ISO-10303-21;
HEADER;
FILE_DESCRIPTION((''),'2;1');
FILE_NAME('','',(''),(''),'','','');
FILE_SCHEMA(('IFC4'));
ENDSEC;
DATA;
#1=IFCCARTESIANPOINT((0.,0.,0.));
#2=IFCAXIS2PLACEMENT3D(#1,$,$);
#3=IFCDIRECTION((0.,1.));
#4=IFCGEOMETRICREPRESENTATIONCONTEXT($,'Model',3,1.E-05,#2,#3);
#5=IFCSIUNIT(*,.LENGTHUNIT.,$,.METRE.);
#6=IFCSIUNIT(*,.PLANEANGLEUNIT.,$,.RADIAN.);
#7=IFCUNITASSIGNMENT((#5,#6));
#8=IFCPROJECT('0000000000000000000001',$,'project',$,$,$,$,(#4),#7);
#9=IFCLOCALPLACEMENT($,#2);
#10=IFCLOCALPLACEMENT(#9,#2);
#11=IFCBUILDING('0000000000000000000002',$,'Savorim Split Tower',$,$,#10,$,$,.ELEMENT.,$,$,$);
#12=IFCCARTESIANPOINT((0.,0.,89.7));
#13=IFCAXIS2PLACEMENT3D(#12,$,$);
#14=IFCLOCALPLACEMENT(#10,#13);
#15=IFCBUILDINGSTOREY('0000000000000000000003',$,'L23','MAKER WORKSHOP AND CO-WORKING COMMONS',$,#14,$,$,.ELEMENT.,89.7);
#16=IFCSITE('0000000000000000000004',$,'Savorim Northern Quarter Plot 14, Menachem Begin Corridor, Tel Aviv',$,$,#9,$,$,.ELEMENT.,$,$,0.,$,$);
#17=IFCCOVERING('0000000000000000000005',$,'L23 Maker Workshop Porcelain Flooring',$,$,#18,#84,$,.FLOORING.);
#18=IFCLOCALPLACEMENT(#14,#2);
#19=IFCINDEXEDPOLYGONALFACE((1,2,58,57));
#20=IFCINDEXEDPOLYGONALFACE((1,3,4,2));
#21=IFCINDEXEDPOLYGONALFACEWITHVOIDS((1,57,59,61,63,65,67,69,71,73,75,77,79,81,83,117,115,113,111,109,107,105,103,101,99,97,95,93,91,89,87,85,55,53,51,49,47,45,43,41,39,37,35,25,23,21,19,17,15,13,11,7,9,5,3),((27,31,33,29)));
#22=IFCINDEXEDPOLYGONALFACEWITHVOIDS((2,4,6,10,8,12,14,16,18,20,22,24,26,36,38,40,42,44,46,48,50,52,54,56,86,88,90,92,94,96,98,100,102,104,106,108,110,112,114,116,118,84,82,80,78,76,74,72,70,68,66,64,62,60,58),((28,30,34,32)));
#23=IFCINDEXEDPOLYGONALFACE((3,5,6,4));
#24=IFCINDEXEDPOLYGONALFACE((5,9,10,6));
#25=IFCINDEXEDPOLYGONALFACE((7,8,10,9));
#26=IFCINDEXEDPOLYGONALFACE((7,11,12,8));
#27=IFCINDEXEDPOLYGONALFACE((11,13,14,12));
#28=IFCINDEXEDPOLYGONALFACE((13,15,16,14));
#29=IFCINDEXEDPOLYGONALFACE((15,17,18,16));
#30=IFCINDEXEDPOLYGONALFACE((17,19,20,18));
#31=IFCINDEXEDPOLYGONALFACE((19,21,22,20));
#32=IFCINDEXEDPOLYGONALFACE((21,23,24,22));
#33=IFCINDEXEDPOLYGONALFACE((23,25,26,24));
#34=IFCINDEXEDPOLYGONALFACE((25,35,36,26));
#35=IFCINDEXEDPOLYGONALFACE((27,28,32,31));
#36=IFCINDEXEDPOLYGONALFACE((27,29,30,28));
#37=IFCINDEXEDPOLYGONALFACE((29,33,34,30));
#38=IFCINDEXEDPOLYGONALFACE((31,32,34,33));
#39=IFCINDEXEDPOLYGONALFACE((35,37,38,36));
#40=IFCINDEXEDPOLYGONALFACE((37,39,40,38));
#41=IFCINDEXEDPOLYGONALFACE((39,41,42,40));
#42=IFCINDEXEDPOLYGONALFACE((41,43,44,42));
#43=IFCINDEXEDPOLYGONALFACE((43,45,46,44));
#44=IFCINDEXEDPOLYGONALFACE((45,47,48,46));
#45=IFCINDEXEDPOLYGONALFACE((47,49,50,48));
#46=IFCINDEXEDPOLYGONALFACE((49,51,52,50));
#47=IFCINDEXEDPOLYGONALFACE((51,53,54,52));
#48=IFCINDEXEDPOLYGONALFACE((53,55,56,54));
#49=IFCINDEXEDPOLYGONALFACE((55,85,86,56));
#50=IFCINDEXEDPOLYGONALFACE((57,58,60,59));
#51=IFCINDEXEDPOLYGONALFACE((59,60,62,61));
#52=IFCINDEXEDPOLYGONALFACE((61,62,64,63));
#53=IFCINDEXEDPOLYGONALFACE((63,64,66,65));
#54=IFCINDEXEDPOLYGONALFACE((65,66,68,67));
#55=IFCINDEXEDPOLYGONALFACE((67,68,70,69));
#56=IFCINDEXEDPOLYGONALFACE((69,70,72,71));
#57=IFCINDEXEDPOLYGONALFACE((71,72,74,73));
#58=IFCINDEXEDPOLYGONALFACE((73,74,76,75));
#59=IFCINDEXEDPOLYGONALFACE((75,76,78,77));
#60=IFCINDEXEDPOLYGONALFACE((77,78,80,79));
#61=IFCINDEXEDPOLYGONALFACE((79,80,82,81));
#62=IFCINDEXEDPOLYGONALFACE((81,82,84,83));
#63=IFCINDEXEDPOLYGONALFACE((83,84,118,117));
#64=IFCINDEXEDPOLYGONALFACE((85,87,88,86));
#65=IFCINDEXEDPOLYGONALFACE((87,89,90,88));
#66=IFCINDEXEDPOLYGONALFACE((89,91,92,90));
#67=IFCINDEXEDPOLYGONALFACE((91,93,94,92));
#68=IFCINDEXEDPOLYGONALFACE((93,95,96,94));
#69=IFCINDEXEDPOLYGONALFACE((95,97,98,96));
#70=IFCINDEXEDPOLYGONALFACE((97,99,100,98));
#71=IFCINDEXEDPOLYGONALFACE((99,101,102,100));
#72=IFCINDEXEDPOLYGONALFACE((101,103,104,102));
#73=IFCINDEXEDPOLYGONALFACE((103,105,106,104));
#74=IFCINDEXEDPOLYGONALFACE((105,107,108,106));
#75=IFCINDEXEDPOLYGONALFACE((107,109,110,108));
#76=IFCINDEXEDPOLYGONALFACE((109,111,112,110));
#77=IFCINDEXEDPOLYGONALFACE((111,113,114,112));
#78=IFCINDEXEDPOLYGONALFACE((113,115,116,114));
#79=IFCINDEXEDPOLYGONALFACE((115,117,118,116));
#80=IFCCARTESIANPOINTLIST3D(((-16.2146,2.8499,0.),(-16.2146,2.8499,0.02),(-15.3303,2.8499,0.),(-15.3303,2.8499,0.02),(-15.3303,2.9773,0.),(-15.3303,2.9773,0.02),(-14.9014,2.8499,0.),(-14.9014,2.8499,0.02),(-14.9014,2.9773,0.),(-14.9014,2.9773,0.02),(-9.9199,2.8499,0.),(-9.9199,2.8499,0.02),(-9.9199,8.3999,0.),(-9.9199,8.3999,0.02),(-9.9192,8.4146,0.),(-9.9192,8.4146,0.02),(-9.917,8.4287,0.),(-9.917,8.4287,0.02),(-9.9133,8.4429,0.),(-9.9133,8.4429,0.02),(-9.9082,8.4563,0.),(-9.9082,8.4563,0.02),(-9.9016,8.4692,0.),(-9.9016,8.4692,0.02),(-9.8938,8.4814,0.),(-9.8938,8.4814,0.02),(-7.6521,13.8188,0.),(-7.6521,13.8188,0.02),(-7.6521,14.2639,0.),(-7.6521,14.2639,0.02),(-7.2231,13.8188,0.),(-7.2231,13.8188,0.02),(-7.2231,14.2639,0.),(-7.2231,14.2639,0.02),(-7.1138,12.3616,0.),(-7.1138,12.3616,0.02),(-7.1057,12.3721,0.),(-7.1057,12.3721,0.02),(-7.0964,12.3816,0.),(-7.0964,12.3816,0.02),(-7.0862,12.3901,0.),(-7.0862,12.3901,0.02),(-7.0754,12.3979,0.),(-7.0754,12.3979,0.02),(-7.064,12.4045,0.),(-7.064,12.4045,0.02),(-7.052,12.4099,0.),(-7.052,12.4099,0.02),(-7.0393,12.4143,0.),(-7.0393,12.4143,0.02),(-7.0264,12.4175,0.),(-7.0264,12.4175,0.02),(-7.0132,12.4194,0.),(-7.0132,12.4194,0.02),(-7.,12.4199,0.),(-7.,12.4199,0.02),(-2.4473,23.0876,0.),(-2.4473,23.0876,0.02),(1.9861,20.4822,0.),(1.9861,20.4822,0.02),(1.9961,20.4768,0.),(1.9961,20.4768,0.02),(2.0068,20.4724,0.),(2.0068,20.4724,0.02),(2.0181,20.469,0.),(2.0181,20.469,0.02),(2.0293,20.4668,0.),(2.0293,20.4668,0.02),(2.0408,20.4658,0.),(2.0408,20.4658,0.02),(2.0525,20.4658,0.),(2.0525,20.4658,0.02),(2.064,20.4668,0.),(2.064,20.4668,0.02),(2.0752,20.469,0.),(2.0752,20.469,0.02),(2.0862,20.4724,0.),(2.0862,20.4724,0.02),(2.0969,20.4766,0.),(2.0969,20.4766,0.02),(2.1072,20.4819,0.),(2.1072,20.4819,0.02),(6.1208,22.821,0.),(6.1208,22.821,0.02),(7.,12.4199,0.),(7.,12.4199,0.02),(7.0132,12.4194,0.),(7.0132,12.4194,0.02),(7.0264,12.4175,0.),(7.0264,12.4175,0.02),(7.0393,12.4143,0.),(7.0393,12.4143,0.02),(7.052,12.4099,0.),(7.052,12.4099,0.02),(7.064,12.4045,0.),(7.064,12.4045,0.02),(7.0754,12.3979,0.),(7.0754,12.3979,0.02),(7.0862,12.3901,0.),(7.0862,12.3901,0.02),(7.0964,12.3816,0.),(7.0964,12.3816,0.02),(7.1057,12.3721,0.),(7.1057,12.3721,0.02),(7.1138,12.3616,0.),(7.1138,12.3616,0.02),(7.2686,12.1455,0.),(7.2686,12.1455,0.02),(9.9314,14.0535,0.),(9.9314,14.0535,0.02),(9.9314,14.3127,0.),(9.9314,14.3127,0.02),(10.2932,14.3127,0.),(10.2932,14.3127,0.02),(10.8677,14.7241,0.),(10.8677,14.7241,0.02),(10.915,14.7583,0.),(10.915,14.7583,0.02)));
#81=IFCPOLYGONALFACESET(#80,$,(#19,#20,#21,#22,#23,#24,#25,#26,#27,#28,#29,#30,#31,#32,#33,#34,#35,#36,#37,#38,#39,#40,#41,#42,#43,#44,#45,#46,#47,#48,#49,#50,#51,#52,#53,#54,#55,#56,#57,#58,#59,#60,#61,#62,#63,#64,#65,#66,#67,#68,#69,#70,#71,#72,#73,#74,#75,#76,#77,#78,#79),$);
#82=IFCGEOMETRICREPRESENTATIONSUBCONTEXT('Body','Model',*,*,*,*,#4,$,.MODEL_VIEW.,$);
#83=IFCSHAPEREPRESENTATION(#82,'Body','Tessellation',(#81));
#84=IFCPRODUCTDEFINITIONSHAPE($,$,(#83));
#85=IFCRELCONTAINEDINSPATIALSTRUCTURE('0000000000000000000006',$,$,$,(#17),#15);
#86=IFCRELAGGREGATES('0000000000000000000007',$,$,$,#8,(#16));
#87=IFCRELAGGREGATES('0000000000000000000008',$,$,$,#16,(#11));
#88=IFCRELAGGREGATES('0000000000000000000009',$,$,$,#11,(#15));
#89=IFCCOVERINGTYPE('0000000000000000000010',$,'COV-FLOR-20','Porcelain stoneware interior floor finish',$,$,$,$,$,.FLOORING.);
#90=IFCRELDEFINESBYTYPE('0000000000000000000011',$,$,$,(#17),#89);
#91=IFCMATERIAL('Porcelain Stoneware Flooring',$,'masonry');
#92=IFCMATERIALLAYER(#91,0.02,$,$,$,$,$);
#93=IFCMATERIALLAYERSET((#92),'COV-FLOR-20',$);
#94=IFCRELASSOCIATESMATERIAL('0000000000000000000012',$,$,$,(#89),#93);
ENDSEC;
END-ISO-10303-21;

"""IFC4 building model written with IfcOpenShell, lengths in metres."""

from ifc_helpers import new_model, si_unit, direction, frame, origin, place, context, subcontext, project, spatial, polyline, outline, extrude, material, layer, layer_set, type_object, element, save


model = new_model("IFC4")

# Units and contexts
model_context = context("Model", 3, precision=1e-05, world=origin(), true_north=direction((0.0, 1.0)))
body_context = subcontext(model_context, "Body", "Model", "MODEL_VIEW")
ifc_project = project(units=[si_unit("LENGTHUNIT", "METRE"), si_unit("PLANEANGLEUNIT", "RADIAN")], contexts=[model_context])

# Site, building, storey
site_placement = place(None, origin())
site = spatial("IfcSite", under=ifc_project, at=site_placement, Name="Savorim Northern Quarter Plot 14, Menachem Begin Corridor, Tel Aviv", CompositionType="ELEMENT", RefElevation=0.0)
building_placement = place(site_placement, origin())
building = spatial("IfcBuilding", under=site, at=building_placement, Name="Savorim Split Tower", CompositionType="ELEMENT")
storey_placement = place(building_placement, frame((0.0, 0.0, 89.7)))
storey = spatial("IfcBuildingStorey", under=building, at=storey_placement, Name="L23", Description="MAKER WORKSHOP AND CO-WORKING COMMONS", CompositionType="ELEMENT", Elevation=89.7)

# Covering
ifc_material_1 = material(Name="Porcelain Stoneware Flooring", Category="masonry")
ifc_layer_1 = layer(ifc_material_1, 0.02)
ifc_layer_set_1 = layer_set([ifc_layer_1], Name="COV-FLOR-20")
covering_type_1 = type_object("IfcCoveringType", Name="COV-FLOR-20", Description="Porcelain stoneware interior floor finish", PredefinedType="FLOORING", material=ifc_layer_set_1)
covering_1_placement = place(storey_placement, origin())
element("IfcCovering", 1, at=covering_1_placement, inside=storey, type_object=covering_type_1, Name="L23 Maker Workshop Porcelain Flooring", PredefinedType="FLOORING", context=body_context, shape_type="SweptSolid", body=[
    extrude(outline(polyline([(2.0068, 20.4724), (1.9961, 20.4768), (1.9861, 20.4822), (-2.4473, 23.0876), (-16.2146, 2.8499), (-15.3303, 2.8499), (-15.3303, 2.9773), (-14.9014, 2.9773), (-14.9014, 2.8499), (-9.9199, 2.8499), (-9.9199, 8.3999), (-9.9192, 8.4146), (-9.917, 8.4287), (-9.9133, 8.4429), (-9.9082, 8.4563), (-9.9016, 8.4692), (-9.8938, 8.4814), (-7.1138, 12.3616), (-7.1057, 12.3721), (-7.0964, 12.3816), (-7.0862, 12.3901), (-7.0754, 12.3979), (-7.064, 12.4045), (-7.052, 12.4099), (-7.0393, 12.4143), (-7.0264, 12.4175), (-7.0132, 12.4194), (-7.0, 12.4199), (7.0, 12.4199), (7.0132, 12.4194), (7.0264, 12.4175), (7.0393, 12.4143), (7.052, 12.4099), (7.064, 12.4045), (7.0754, 12.3979), (7.0862, 12.3901), (7.0964, 12.3816), (7.1057, 12.3721), (7.1138, 12.3616), (7.2686, 12.1455), (9.9314, 14.0535), (9.9314, 14.3127), (10.2932, 14.3127), (10.8677, 14.7241), (10.915, 14.7583), (6.1208, 22.821), (2.1072, 20.4819), (2.0969, 20.4766), (2.0862, 20.4724), (2.0752, 20.469), (2.064, 20.4668), (2.0525, 20.4658), (2.0408, 20.4658), (2.0293, 20.4668), (2.0181, 20.469), (2.0068, 20.4724)]), holes=[polyline([(-7.2231, 14.2639), (-7.6521, 14.2639), (-7.6521, 13.8188), (-7.2231, 13.8188), (-7.2231, 14.2639)])]), origin(), (0.0, 0.0, 1.0), 0.02),
])

save(model, "model.ifc")
